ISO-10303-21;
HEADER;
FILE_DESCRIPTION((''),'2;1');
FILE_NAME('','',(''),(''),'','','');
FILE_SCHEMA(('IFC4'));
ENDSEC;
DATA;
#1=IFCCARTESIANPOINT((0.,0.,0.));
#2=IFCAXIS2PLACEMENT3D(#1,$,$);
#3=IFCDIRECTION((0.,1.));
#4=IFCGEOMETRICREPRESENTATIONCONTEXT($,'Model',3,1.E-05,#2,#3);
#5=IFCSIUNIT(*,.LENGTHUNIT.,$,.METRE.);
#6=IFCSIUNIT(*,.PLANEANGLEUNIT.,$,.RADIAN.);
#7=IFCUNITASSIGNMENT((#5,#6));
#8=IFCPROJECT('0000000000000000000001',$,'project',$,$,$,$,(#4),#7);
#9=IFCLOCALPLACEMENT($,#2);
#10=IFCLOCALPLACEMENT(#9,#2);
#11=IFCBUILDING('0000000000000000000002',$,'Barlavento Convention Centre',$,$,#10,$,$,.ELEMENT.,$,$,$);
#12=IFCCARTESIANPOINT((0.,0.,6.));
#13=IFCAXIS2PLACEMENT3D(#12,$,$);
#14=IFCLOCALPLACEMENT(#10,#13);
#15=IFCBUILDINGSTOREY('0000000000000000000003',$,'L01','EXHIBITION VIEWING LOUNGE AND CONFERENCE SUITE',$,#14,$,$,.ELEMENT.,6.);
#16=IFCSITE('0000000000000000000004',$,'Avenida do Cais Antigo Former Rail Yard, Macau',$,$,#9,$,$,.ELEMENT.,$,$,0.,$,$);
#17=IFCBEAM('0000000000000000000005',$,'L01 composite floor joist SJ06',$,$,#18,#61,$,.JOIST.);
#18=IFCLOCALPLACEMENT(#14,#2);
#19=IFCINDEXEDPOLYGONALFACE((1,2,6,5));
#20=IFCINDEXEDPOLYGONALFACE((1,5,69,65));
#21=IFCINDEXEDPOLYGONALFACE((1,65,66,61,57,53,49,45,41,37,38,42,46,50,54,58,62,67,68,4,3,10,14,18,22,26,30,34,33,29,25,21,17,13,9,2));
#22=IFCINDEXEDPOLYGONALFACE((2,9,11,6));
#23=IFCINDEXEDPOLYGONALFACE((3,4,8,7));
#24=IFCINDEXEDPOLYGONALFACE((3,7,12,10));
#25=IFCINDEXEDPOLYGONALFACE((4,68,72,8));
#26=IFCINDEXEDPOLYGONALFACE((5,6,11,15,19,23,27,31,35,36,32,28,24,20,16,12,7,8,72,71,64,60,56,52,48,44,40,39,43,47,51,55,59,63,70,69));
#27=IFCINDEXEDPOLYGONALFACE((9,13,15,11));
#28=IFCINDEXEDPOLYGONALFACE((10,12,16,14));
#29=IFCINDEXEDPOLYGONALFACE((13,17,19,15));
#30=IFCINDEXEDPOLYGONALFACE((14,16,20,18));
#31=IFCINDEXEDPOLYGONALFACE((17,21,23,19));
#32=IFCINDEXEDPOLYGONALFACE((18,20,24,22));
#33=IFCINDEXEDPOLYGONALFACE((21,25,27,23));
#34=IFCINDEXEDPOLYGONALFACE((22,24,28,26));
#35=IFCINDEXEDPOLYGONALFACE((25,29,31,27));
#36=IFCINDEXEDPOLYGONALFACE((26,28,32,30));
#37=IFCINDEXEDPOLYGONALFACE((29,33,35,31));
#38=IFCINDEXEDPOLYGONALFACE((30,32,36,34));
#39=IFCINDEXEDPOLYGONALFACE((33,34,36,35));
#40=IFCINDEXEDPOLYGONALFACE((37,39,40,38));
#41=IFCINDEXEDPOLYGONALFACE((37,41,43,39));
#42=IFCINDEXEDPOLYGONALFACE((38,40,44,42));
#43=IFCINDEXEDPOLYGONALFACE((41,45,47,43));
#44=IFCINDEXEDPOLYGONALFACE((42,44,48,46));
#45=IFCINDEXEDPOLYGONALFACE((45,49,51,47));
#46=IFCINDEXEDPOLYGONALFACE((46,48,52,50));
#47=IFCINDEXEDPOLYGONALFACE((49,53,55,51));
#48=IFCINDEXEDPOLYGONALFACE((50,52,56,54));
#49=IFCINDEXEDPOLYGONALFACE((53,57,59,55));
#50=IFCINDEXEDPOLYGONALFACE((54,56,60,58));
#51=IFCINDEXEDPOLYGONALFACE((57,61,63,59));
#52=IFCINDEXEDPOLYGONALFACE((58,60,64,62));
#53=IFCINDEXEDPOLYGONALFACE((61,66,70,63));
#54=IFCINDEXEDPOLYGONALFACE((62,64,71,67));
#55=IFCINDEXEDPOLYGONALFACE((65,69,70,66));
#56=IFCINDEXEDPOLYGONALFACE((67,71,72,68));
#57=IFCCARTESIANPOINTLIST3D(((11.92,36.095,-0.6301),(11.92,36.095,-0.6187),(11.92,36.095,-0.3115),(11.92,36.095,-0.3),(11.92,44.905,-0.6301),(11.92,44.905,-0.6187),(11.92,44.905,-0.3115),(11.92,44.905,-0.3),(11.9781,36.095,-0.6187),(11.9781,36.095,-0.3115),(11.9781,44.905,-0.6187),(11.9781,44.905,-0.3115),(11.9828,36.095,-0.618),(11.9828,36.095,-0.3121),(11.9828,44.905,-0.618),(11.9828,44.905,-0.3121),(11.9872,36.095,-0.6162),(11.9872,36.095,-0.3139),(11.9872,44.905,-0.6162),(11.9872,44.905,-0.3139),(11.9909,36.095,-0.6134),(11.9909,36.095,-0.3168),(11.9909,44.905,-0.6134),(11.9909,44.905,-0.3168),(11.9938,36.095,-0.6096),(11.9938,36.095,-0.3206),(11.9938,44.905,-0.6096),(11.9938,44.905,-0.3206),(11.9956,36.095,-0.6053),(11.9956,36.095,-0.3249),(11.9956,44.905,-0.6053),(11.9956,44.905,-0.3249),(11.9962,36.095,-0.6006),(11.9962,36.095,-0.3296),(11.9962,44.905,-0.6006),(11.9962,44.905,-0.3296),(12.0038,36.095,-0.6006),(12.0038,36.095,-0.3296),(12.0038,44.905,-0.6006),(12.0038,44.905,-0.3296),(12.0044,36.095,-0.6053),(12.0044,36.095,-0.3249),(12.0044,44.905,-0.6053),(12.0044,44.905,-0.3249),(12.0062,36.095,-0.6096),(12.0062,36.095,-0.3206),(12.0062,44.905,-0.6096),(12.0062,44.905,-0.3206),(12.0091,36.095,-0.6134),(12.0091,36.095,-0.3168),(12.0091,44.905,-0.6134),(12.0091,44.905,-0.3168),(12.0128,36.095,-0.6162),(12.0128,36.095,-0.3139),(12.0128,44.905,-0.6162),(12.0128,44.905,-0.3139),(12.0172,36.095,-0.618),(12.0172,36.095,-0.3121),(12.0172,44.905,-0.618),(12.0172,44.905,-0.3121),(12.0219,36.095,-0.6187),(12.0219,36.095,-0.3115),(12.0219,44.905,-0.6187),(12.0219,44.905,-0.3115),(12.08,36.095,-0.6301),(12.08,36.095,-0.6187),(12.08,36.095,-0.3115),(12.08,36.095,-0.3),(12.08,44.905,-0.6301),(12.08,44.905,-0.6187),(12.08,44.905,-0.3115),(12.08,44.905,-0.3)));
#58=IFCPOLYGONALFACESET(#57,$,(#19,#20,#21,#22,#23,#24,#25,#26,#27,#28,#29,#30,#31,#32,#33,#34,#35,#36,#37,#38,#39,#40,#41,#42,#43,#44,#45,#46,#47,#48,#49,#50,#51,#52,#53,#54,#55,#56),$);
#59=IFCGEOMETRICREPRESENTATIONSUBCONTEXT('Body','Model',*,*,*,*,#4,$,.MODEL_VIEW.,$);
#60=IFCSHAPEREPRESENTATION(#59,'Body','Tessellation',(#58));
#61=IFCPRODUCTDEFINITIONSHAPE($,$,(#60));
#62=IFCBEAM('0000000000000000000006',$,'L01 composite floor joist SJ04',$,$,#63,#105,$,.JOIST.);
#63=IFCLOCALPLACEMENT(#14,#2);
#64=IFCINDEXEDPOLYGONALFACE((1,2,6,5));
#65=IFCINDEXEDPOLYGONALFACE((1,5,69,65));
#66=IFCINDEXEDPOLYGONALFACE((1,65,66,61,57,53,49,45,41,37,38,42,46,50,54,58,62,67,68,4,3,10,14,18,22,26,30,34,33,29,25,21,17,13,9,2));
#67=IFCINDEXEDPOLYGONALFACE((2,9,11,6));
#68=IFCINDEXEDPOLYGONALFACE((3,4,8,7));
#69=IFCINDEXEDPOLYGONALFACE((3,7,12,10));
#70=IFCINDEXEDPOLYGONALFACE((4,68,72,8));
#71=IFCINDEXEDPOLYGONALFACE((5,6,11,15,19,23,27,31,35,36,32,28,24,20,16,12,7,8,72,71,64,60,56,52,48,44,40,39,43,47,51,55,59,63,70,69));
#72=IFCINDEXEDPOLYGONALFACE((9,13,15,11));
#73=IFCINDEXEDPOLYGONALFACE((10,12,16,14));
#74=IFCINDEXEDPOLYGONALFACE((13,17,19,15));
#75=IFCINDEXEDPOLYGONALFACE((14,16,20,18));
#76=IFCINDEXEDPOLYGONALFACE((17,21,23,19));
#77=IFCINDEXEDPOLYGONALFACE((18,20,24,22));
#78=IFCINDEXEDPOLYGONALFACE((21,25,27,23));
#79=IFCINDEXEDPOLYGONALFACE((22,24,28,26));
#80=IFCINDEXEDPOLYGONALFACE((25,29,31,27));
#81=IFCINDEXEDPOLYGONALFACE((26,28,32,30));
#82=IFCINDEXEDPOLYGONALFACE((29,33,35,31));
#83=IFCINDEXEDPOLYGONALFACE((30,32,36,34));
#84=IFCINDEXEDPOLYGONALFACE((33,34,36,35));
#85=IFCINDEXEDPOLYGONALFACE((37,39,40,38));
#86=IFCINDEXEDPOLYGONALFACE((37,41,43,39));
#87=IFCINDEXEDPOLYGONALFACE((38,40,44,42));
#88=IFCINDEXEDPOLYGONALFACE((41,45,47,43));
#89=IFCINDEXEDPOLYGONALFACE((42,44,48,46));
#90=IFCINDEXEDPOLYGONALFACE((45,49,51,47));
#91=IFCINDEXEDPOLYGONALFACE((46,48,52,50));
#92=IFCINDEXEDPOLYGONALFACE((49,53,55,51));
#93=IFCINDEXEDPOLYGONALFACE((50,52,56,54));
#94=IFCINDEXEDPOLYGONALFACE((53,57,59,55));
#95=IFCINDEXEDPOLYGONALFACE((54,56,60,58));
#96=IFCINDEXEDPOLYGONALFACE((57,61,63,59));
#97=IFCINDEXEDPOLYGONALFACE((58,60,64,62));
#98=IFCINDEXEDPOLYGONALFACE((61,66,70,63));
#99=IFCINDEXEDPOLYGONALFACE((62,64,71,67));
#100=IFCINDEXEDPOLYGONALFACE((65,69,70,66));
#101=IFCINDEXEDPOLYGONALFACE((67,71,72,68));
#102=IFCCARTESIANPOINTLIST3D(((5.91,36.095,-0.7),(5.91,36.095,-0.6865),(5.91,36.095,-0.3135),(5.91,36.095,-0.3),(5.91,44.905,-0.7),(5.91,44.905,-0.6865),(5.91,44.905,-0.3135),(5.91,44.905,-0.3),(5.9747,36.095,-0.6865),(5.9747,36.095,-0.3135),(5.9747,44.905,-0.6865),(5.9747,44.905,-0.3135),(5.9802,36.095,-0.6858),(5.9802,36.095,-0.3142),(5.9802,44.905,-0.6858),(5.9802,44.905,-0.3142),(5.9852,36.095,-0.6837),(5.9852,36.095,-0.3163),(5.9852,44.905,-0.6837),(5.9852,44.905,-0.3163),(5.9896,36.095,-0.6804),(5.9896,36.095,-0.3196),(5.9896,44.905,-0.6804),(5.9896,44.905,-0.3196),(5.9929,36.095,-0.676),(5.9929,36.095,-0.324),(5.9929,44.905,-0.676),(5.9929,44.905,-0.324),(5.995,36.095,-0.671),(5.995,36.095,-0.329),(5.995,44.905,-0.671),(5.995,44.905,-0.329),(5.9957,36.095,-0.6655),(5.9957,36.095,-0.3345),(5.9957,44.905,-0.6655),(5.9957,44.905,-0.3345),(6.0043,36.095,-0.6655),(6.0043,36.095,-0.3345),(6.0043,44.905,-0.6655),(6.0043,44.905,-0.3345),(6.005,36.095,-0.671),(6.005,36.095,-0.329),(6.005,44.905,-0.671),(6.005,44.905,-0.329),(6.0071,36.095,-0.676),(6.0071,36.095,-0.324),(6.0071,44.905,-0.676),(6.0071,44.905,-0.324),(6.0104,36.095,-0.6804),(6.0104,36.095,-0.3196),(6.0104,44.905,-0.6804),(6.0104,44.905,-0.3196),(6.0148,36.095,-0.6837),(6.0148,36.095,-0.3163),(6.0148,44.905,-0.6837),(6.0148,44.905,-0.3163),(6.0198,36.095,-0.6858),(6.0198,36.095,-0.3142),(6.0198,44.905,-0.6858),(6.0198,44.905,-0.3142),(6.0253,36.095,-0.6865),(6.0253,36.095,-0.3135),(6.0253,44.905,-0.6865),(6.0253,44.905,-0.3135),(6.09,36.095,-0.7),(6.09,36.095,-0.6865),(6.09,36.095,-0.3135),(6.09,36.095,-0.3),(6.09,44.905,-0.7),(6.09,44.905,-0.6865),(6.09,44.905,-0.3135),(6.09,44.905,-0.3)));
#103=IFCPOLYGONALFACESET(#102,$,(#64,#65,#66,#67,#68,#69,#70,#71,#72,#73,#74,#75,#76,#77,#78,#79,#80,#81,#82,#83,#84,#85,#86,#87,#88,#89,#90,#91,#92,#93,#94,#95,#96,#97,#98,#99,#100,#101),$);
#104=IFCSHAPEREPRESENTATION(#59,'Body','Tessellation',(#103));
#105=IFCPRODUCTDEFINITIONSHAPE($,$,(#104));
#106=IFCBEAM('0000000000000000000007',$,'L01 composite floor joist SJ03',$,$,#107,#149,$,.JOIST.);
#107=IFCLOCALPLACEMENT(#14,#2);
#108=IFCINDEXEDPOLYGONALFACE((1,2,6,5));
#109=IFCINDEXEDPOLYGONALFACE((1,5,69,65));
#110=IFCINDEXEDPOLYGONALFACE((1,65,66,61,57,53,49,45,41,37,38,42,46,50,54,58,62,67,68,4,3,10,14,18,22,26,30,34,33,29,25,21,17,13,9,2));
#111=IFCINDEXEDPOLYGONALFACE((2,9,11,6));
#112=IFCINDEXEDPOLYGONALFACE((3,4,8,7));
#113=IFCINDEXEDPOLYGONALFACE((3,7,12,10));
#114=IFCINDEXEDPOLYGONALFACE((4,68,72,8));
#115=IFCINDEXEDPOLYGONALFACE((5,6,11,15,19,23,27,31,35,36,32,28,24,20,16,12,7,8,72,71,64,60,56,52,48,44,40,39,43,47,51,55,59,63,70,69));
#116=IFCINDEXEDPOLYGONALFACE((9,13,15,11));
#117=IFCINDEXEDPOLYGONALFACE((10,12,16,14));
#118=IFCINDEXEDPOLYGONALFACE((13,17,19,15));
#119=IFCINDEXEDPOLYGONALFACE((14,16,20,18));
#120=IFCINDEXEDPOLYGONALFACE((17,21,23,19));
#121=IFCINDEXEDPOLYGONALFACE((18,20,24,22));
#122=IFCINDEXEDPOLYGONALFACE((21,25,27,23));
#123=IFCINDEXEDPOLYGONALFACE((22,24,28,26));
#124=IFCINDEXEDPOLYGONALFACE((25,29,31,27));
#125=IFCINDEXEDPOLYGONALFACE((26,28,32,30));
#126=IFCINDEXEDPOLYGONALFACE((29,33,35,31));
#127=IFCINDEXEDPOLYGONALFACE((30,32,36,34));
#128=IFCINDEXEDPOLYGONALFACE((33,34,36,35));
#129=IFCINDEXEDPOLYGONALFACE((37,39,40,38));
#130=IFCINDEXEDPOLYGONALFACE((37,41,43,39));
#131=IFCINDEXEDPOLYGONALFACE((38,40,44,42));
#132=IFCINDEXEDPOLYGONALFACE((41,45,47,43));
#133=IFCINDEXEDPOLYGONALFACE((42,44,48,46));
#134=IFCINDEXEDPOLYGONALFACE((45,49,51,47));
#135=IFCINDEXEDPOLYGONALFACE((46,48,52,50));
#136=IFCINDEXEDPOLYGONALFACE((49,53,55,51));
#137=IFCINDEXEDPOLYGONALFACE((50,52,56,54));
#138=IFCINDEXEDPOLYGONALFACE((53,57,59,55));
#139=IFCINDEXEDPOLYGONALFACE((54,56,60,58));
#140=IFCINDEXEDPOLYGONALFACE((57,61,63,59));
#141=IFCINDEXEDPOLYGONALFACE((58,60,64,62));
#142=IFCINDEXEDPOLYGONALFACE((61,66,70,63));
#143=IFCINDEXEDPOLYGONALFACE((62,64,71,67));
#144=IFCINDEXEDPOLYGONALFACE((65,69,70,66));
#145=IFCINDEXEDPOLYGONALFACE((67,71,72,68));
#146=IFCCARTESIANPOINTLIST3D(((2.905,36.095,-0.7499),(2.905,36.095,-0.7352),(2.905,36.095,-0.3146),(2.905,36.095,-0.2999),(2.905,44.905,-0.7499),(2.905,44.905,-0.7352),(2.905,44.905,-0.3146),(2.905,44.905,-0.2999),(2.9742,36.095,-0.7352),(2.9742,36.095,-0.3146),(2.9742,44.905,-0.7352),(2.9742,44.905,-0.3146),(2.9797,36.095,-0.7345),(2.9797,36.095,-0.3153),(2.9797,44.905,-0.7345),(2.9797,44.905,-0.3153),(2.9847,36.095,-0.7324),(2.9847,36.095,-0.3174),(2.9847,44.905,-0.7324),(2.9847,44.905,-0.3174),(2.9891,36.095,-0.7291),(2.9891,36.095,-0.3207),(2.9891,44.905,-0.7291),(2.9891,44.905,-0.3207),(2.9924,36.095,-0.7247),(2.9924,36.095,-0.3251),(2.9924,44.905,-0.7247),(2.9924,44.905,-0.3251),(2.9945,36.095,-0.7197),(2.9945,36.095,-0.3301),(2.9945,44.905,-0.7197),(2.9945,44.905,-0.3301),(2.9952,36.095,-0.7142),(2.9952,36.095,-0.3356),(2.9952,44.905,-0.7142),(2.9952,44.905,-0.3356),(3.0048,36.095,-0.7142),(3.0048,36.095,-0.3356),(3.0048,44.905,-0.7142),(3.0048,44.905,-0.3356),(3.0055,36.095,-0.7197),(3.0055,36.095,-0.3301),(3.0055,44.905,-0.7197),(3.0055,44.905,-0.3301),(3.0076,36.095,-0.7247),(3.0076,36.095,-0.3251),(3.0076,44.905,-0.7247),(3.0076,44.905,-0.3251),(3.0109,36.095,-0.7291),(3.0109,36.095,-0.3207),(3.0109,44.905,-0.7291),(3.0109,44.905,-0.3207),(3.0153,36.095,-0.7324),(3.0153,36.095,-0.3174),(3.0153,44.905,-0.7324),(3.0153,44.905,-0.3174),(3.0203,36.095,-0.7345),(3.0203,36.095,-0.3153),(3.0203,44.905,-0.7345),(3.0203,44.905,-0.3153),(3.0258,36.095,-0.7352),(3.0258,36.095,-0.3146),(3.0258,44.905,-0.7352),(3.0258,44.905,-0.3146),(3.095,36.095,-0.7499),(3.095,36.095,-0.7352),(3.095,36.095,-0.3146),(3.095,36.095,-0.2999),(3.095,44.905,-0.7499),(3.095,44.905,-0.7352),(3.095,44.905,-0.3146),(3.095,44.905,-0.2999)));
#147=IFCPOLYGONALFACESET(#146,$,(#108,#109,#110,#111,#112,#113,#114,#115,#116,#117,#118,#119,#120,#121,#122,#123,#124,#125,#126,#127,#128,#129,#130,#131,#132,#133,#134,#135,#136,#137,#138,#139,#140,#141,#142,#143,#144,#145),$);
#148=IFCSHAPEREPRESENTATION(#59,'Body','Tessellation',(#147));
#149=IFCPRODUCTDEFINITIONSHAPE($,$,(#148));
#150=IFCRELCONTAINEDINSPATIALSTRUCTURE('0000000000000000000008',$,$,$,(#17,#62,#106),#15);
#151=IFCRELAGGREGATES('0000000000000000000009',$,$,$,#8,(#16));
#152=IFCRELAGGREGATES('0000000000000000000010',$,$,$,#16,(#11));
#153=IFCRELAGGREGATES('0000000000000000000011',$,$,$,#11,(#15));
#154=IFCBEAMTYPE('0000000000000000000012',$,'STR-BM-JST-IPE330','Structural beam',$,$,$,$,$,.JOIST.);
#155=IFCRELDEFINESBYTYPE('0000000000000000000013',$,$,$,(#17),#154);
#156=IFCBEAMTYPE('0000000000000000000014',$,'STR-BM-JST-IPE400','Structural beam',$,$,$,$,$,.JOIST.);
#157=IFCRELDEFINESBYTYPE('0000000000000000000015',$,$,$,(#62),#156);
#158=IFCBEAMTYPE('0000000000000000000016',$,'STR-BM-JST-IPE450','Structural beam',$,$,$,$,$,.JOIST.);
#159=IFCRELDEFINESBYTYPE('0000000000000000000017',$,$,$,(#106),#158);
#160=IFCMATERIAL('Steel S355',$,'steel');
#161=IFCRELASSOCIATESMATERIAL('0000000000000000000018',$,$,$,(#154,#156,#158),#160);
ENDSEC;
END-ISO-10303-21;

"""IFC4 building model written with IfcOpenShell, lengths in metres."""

from ifc_helpers import new_model, si_unit, direction, frame, origin, origin_2d, place, context, subcontext, project, spatial, i_section, extrude, material, material_profile, profile_set, type_object, element, save


model = new_model("IFC4")

# Units and contexts
model_context = context("Model", 3, precision=1e-05, world=origin(), true_north=direction((0.0, 1.0)))
body_context = subcontext(model_context, "Body", "Model", "MODEL_VIEW")
ifc_project = project(units=[si_unit("LENGTHUNIT", "METRE"), si_unit("PLANEANGLEUNIT", "RADIAN")], contexts=[model_context])

# Site, building, storey
site_placement = place(None, origin())
site = spatial("IfcSite", under=ifc_project, at=site_placement, Name="Avenida do Cais Antigo Former Rail Yard, Macau", CompositionType="ELEMENT", RefElevation=0.0)
building_placement = place(site_placement, origin())
building = spatial("IfcBuilding", under=site, at=building_placement, Name="Barlavento Convention Centre", CompositionType="ELEMENT")
storey_placement = place(building_placement, frame((0.0, 0.0, 6.0)))
storey = spatial("IfcBuildingStorey", under=building, at=storey_placement, Name="L01", Description="EXHIBITION VIEWING LOUNGE AND CONFERENCE SUITE", CompositionType="ELEMENT", Elevation=6.0)

# Shared definitions
ifc_material_1 = material(Name="Steel S355", Category="steel")

# Beams
ifc_material_profile_1 = material_profile(ifc_material_1, i_section(OverallWidth=0.1599, OverallDepth=0.3301, WebThickness=0.0076, FlangeThickness=0.0115, FilletRadius=0.0181, at=origin_2d()), Name="IPE 330")
ifc_profile_set_1 = profile_set([ifc_material_profile_1], Name="Steel S355")
beam_type_1 = type_object("IfcBeamType", Name="STR-BM-JST-IPE330", Description="Structural beam", PredefinedType="JOIST", material=ifc_profile_set_1)
beam_1_placement = place(storey_placement, frame((12.0, 36.095, -0.4651), z_axis=(0.0, 1.0, 0.0), x_axis=(-1.0, 0.0, 0.0)))
element("IfcBeam", 1, at=beam_1_placement, inside=storey, type_object=beam_type_1, Name="L01 composite floor joist SJ06", PredefinedType="JOIST", context=body_context, shape_type="SweptSolid", body=[
    extrude(i_section(OverallWidth=0.1599, OverallDepth=0.3301, WebThickness=0.0076, FlangeThickness=0.0115, FilletRadius=0.0181, at=origin_2d()), origin(), (0.0, 0.0, 1.0), 8.8101),
])
ifc_material_profile_2 = material_profile(ifc_material_1, i_section(OverallWidth=0.1799, OverallDepth=0.3999, WebThickness=0.0085, FlangeThickness=0.0134, FilletRadius=0.021, at=origin_2d()), Name="IPE 400")
ifc_profile_set_2 = profile_set([ifc_material_profile_2], Name="Steel S355")
beam_type_2 = type_object("IfcBeamType", Name="STR-BM-JST-IPE400", Description="Structural beam", PredefinedType="JOIST", material=ifc_profile_set_2)
beam_2_placement = place(storey_placement, frame((6.0, 36.095, -0.5), z_axis=(0.0, 1.0, 0.0), x_axis=(-1.0, 0.0, 0.0)))
element("IfcBeam", 2, at=beam_2_placement, inside=storey, type_object=beam_type_2, Name="L01 composite floor joist SJ04", PredefinedType="JOIST", context=body_context, shape_type="SweptSolid", body=[
    extrude(i_section(OverallWidth=0.1799, OverallDepth=0.3999, WebThickness=0.0085, FlangeThickness=0.0134, FilletRadius=0.021, at=origin_2d()), origin(), (0.0, 0.0, 1.0), 8.8101),
])
ifc_material_profile_3 = material_profile(ifc_material_1, i_section(OverallWidth=0.1899, OverallDepth=0.45, WebThickness=0.0095, FlangeThickness=0.0146, FilletRadius=0.021, at=origin_2d()), Name="IPE 450")
ifc_profile_set_3 = profile_set([ifc_material_profile_3], Name="Steel S355")
beam_type_3 = type_object("IfcBeamType", Name="STR-BM-JST-IPE450", Description="Structural beam", PredefinedType="JOIST", material=ifc_profile_set_3)
beam_3_placement = place(storey_placement, frame((3.0, 36.095, -0.5249), z_axis=(0.0, 1.0, 0.0), x_axis=(-1.0, 0.0, 0.0)))
element("IfcBeam", 3, at=beam_3_placement, inside=storey, type_object=beam_type_3, Name="L01 composite floor joist SJ03", PredefinedType="JOIST", context=body_context, shape_type="SweptSolid", body=[
    extrude(i_section(OverallWidth=0.1899, OverallDepth=0.45, WebThickness=0.0095, FlangeThickness=0.0146, FilletRadius=0.021, at=origin_2d()), origin(), (0.0, 0.0, 1.0), 8.8101),
])

save(model, "model.ifc")
